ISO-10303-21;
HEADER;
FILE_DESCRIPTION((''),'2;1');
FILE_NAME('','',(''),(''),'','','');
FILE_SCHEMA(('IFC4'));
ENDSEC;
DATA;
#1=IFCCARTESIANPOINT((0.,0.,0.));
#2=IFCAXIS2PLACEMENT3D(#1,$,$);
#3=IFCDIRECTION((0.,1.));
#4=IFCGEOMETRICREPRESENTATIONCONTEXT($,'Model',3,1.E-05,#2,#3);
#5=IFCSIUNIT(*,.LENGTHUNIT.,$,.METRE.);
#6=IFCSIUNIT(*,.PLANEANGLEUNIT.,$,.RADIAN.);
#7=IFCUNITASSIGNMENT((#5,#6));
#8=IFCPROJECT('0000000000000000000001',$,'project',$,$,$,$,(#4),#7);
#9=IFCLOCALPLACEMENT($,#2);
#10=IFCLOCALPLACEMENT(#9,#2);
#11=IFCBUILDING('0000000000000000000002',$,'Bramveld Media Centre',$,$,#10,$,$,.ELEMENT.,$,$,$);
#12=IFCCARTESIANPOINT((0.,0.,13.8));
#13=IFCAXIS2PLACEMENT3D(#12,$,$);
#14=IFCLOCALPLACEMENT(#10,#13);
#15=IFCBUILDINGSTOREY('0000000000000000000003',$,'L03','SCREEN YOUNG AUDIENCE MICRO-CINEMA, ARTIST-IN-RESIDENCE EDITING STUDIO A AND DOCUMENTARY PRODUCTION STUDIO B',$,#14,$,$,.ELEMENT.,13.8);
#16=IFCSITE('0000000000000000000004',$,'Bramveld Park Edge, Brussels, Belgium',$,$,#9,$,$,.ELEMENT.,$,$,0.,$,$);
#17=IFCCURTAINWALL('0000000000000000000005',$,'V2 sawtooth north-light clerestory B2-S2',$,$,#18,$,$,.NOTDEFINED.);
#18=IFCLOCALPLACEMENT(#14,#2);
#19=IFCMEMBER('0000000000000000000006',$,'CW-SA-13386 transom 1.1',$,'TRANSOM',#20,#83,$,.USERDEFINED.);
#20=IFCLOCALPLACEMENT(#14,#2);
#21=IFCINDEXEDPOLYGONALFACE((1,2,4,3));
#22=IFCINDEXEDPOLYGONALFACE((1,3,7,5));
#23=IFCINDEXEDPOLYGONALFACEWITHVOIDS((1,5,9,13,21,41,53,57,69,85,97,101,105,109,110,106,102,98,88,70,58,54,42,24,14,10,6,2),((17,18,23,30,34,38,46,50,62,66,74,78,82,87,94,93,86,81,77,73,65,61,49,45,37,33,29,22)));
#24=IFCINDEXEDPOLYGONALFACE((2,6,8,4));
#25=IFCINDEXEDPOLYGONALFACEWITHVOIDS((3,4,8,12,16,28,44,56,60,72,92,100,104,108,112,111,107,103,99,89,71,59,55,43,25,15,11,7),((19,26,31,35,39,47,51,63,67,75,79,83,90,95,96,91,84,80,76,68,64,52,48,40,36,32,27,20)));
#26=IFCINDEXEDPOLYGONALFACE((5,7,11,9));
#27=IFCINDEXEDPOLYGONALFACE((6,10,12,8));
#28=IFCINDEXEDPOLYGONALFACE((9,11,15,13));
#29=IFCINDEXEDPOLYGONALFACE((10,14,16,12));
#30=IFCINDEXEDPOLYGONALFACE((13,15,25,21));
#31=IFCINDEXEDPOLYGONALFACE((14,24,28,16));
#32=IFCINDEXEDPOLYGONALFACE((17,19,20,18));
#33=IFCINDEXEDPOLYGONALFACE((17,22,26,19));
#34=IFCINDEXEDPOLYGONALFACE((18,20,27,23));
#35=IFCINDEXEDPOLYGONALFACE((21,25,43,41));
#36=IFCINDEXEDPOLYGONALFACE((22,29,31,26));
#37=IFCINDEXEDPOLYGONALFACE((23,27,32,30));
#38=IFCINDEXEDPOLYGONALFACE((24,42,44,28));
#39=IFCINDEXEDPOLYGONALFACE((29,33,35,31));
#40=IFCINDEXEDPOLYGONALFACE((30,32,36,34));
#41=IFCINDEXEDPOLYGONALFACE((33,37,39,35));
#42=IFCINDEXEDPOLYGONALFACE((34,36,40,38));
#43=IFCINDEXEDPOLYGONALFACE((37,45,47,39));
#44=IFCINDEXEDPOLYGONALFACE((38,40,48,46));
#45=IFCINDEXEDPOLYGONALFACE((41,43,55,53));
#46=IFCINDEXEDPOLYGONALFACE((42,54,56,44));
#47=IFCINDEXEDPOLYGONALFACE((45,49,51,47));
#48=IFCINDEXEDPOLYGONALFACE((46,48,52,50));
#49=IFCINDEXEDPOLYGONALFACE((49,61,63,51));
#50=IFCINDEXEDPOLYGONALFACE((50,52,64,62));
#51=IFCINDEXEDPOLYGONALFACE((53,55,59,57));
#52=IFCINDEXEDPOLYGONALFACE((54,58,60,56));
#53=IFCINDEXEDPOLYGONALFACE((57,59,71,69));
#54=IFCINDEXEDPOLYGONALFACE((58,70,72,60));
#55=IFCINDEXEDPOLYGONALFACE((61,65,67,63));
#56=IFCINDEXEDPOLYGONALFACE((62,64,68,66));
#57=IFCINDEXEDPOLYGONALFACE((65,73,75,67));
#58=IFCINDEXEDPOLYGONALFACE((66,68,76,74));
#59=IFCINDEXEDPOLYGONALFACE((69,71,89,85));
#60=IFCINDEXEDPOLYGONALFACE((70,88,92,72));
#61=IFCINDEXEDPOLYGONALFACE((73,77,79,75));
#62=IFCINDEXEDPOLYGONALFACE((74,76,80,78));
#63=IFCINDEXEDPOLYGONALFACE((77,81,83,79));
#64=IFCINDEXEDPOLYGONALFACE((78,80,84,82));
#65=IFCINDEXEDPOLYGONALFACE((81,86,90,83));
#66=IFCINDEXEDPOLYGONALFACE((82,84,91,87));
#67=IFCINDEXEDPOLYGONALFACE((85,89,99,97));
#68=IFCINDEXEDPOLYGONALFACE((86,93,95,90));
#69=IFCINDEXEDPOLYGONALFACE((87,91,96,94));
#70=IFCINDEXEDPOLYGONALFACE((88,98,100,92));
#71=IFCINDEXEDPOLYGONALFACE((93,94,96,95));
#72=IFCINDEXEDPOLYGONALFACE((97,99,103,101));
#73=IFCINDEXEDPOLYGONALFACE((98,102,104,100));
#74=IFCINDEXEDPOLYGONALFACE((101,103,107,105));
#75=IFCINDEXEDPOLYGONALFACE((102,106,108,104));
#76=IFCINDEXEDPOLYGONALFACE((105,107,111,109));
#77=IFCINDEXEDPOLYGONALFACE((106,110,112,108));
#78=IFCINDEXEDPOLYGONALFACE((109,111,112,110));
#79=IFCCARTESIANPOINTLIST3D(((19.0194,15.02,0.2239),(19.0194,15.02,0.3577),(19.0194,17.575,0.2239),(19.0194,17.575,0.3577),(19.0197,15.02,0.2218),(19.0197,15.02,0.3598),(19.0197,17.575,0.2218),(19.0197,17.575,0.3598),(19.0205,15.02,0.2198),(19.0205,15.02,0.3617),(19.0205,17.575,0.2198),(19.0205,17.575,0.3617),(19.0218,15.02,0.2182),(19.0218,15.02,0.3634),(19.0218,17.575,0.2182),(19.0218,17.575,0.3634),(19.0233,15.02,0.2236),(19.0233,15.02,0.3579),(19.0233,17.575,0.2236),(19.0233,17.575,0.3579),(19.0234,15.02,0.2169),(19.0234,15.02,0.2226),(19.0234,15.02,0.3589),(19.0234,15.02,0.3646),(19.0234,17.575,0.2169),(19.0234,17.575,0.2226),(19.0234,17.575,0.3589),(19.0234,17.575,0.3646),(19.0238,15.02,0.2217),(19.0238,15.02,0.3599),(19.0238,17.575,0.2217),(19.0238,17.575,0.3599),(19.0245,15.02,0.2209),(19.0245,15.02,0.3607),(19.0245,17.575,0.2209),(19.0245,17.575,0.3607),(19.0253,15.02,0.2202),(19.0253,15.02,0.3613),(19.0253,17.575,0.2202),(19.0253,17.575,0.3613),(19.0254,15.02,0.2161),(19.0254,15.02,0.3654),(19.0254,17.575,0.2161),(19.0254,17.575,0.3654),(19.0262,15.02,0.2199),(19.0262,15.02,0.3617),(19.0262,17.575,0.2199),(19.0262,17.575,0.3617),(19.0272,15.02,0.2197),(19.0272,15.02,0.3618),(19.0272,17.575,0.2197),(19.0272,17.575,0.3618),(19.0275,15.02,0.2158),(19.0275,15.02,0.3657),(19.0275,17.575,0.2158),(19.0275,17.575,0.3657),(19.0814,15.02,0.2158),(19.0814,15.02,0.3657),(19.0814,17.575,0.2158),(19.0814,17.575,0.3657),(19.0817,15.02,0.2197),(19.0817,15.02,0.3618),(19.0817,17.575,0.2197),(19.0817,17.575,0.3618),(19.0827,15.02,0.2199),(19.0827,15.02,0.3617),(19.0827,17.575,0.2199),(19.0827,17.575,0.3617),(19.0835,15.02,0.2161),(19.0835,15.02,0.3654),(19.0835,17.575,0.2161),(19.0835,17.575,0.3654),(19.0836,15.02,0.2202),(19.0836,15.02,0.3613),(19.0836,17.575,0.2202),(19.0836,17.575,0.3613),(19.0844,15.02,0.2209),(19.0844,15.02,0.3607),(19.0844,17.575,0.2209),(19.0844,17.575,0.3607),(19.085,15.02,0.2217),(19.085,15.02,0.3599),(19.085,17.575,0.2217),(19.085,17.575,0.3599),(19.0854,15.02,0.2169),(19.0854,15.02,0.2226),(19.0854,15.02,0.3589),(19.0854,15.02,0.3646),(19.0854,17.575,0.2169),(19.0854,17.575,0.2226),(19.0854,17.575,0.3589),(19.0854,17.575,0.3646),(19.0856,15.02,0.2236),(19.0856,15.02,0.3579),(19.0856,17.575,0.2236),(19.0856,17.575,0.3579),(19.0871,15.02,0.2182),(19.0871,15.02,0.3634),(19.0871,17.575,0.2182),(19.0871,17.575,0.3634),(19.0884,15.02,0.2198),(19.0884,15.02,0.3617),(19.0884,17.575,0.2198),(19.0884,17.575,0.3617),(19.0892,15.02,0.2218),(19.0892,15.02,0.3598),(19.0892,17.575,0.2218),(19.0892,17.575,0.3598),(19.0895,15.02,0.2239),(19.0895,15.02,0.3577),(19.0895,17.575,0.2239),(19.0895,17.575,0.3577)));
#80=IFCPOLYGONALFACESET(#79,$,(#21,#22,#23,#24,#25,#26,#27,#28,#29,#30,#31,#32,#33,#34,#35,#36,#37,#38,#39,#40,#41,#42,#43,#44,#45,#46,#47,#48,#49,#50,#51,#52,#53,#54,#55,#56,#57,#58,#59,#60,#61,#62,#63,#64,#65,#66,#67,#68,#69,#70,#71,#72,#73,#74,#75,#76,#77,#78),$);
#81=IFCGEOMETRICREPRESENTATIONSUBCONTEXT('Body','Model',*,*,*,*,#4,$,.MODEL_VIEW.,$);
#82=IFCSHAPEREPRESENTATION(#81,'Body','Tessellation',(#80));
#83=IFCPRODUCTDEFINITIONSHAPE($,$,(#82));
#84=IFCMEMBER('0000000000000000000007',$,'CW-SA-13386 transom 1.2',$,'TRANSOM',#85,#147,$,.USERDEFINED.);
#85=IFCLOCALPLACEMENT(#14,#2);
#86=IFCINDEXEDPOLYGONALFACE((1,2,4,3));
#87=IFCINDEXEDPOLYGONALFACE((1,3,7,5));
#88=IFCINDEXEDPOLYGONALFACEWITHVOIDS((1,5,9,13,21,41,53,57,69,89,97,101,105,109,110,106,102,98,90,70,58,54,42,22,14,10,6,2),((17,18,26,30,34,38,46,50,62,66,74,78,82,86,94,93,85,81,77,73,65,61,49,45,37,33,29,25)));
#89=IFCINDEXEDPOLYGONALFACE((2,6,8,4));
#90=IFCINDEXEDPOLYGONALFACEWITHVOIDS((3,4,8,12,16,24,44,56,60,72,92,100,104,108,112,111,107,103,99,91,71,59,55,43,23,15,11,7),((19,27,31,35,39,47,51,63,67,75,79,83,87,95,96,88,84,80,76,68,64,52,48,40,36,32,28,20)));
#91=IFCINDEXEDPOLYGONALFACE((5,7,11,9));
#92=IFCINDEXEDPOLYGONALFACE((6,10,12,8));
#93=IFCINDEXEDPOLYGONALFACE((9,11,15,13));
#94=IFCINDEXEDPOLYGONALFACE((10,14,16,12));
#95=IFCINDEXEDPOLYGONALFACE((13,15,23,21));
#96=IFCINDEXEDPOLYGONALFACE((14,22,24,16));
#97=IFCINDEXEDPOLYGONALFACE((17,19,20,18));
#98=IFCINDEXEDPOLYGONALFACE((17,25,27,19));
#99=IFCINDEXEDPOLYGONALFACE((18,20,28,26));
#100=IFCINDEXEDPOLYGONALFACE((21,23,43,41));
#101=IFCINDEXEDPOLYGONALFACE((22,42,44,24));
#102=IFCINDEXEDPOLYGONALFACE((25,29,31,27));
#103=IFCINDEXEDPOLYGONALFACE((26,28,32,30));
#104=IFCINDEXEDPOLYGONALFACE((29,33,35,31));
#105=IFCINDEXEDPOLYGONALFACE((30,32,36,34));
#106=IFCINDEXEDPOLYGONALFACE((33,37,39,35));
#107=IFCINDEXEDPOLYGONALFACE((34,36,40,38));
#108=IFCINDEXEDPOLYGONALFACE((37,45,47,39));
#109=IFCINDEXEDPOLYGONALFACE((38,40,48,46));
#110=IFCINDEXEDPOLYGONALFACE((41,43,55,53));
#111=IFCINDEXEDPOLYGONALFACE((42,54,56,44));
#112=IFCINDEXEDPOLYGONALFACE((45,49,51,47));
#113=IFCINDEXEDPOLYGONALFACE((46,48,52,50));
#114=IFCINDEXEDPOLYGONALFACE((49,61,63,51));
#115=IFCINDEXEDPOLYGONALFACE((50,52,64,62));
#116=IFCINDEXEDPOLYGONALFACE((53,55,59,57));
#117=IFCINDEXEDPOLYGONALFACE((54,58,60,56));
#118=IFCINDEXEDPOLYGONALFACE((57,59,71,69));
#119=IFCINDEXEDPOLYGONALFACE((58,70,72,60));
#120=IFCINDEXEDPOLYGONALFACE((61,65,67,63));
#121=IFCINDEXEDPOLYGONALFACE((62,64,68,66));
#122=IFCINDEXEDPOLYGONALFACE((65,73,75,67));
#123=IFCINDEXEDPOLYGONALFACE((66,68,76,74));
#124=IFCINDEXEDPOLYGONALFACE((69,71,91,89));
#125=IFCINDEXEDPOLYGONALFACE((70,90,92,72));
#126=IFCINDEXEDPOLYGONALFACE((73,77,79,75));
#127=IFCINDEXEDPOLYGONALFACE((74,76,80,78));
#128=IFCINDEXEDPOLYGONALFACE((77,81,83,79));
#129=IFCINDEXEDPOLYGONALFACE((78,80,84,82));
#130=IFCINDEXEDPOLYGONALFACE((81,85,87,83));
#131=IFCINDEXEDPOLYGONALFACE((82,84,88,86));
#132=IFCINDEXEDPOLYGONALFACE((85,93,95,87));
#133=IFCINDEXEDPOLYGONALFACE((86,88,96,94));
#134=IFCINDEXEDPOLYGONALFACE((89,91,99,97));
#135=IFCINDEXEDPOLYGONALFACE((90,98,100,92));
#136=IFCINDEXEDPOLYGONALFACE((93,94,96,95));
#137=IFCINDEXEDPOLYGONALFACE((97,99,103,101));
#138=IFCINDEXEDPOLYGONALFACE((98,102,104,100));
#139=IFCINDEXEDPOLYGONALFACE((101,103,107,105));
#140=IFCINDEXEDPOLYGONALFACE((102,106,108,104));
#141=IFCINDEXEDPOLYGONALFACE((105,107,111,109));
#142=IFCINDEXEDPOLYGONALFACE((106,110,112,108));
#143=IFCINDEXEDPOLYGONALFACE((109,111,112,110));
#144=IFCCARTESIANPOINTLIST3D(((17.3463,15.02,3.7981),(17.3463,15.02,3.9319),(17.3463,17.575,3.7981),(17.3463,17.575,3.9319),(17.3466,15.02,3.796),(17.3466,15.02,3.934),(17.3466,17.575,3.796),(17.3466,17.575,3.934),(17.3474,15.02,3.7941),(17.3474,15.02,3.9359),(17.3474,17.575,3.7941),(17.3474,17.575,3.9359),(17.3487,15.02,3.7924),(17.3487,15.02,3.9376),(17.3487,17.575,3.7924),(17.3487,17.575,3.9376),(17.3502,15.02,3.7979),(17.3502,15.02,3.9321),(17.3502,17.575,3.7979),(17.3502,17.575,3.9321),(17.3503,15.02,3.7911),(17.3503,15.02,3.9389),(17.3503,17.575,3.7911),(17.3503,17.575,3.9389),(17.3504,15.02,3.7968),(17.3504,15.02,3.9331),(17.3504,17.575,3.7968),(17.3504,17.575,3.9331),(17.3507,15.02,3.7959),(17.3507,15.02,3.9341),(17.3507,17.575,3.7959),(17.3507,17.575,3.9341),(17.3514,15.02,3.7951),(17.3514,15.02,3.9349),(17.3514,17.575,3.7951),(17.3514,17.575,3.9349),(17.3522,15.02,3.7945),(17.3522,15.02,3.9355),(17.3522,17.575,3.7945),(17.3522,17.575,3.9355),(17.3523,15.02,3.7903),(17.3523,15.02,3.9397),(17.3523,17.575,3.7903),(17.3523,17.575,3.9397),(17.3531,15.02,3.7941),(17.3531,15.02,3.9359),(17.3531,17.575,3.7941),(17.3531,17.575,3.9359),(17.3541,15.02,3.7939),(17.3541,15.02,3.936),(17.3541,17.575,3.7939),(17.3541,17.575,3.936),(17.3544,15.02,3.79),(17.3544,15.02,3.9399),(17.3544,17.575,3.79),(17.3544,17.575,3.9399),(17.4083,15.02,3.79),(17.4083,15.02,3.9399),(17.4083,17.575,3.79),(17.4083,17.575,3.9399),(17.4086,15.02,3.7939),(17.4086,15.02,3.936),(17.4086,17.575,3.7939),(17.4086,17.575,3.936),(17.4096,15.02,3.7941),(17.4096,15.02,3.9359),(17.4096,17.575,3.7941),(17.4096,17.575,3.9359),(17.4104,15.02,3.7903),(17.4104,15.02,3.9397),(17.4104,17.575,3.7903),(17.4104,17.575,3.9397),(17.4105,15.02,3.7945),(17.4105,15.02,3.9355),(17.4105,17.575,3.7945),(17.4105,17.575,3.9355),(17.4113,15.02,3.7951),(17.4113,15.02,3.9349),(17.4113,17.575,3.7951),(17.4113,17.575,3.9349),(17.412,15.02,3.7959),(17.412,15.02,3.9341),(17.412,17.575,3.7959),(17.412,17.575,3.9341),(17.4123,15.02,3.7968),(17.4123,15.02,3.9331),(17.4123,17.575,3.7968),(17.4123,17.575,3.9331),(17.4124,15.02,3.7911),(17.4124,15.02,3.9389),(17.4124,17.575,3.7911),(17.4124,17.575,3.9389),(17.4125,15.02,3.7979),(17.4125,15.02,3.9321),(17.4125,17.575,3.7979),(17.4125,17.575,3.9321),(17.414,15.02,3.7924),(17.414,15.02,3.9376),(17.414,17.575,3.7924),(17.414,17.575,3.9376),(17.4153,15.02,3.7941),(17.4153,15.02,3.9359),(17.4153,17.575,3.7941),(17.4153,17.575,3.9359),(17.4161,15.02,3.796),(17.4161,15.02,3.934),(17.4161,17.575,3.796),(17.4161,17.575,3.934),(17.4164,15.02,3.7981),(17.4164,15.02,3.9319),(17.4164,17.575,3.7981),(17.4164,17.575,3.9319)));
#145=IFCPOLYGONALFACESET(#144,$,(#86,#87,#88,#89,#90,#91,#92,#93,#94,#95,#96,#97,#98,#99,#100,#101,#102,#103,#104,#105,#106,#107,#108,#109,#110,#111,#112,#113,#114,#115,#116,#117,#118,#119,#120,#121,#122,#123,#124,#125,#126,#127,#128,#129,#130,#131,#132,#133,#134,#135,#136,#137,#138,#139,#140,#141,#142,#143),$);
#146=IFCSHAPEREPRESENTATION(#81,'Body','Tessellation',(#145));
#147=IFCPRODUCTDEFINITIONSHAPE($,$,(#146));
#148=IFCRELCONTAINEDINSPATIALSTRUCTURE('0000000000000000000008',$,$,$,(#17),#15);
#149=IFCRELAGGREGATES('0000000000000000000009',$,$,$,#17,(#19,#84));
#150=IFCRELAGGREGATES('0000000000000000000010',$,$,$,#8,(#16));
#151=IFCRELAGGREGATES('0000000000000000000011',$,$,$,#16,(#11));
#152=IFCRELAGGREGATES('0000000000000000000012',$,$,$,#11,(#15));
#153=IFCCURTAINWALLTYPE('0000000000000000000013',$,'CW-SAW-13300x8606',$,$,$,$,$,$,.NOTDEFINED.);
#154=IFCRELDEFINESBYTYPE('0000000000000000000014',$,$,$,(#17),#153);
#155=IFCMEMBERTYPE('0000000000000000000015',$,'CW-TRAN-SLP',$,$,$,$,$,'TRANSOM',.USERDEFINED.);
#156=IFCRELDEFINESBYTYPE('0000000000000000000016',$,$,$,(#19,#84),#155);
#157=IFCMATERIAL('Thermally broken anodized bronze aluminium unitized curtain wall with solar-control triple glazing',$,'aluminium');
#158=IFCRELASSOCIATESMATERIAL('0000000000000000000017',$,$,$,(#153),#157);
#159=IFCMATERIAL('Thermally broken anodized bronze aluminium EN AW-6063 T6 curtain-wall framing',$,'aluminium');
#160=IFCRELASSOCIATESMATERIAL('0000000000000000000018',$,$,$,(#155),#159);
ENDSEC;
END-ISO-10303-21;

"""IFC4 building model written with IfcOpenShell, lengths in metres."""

from ifc_helpers import new_model, si_unit, direction, frame, origin, origin_2d, place, context, subcontext, project, spatial, hollow_rectangle, extrude, material, material_profile, profile_set, type_object, element, aggregate, save


model = new_model("IFC4")

# Units and contexts
model_context = context("Model", 3, precision=1e-05, world=origin(), true_north=direction((0.0, 1.0)))
body_context = subcontext(model_context, "Body", "Model", "MODEL_VIEW")
ifc_project = project(units=[si_unit("LENGTHUNIT", "METRE"), si_unit("PLANEANGLEUNIT", "RADIAN")], contexts=[model_context])

# Site, building, storey
site_placement = place(None, origin())
site = spatial("IfcSite", under=ifc_project, at=site_placement, Name="Bramveld Park Edge, Brussels, Belgium", CompositionType="ELEMENT", RefElevation=0.0)
building_placement = place(site_placement, origin())
building = spatial("IfcBuilding", under=site, at=building_placement, Name="Bramveld Media Centre", CompositionType="ELEMENT")
storey_placement = place(building_placement, frame((0.0, 0.0, 13.8)))
storey = spatial("IfcBuildingStorey", under=building, at=storey_placement, Name="L03", Description="SCREEN YOUNG AUDIENCE MICRO-CINEMA, ARTIST-IN-RESIDENCE EDITING STUDIO A AND DOCUMENTARY PRODUCTION STUDIO B", CompositionType="ELEMENT", Elevation=13.8)

# Curtain wall
ifc_material_1 = material(Name="Thermally broken anodized bronze aluminium unitized curtain wall with solar-control triple glazing", Category="aluminium")
curtain_wall_type = type_object("IfcCurtainWallType", Name="CW-SAW-13300x8606", PredefinedType="NOTDEFINED", material=ifc_material_1)
curtain_wall_1_placement = place(storey_placement, origin())
curtain_wall_1 = element("IfcCurtainWall", 1, at=curtain_wall_1_placement, inside=storey, type_object=curtain_wall_type, Name="V2 sawtooth north-light clerestory B2-S2", PredefinedType="NOTDEFINED")

# Members
ifc_material_2 = material(Name="Thermally broken anodized bronze aluminium EN AW-6063 T6 curtain-wall framing", Category="aluminium")
ifc_material_profile_1 = material_profile(ifc_material_2, hollow_rectangle(XDim=0.0701, YDim=0.1499, WallThickness=0.0039, InnerFilletRadius=0.0039, OuterFilletRadius=0.0081, at=origin_2d()), Name="AL-TRAN 70x150")
ifc_profile_set_1 = profile_set([ifc_material_profile_1], Name="Thermally broken anodized bronze aluminium EN AW-6063 T6 curtain-wall framing")
member_type_1 = type_object("IfcMemberType", Name="CW-TRAN-SLP", ElementType="TRANSOM", PredefinedType="USERDEFINED", material=ifc_profile_set_1)
member_1_placement = place(storey_placement, frame((19.0544, 15.02, 0.2908), z_axis=(0.0, 1.0, 0.0), x_axis=(-1.0, 0.0, 0.0)))
member_1 = element("IfcMember", 2, at=member_1_placement, type_object=member_type_1, Name="CW-SA-13386 transom 1.1", ObjectType="TRANSOM", PredefinedType="USERDEFINED", context=body_context, shape_type="SweptSolid", body=[
    extrude(hollow_rectangle(XDim=0.0701, YDim=0.1499, WallThickness=0.0039, InnerFilletRadius=0.0039, OuterFilletRadius=0.0081, at=origin_2d()), origin(), (0.0, 0.0, 1.0), 2.5549),
])
member_2_placement = place(storey_placement, frame((17.3813, 15.02, 3.865), z_axis=(0.0, 1.0, 0.0), x_axis=(-1.0, 0.0, 0.0)))
member_2 = element("IfcMember", 3, at=member_2_placement, type_object=member_type_1, Name="CW-SA-13386 transom 1.2", ObjectType="TRANSOM", PredefinedType="USERDEFINED", context=body_context, shape_type="SweptSolid", body=[
    extrude(hollow_rectangle(XDim=0.0701, YDim=0.1499, WallThickness=0.0039, InnerFilletRadius=0.0039, OuterFilletRadius=0.0081, at=origin_2d()), origin(), (0.0, 0.0, 1.0), 2.5549),
])

aggregate(curtain_wall_1, [member_1, member_2])

save(model, "model.ifc")
